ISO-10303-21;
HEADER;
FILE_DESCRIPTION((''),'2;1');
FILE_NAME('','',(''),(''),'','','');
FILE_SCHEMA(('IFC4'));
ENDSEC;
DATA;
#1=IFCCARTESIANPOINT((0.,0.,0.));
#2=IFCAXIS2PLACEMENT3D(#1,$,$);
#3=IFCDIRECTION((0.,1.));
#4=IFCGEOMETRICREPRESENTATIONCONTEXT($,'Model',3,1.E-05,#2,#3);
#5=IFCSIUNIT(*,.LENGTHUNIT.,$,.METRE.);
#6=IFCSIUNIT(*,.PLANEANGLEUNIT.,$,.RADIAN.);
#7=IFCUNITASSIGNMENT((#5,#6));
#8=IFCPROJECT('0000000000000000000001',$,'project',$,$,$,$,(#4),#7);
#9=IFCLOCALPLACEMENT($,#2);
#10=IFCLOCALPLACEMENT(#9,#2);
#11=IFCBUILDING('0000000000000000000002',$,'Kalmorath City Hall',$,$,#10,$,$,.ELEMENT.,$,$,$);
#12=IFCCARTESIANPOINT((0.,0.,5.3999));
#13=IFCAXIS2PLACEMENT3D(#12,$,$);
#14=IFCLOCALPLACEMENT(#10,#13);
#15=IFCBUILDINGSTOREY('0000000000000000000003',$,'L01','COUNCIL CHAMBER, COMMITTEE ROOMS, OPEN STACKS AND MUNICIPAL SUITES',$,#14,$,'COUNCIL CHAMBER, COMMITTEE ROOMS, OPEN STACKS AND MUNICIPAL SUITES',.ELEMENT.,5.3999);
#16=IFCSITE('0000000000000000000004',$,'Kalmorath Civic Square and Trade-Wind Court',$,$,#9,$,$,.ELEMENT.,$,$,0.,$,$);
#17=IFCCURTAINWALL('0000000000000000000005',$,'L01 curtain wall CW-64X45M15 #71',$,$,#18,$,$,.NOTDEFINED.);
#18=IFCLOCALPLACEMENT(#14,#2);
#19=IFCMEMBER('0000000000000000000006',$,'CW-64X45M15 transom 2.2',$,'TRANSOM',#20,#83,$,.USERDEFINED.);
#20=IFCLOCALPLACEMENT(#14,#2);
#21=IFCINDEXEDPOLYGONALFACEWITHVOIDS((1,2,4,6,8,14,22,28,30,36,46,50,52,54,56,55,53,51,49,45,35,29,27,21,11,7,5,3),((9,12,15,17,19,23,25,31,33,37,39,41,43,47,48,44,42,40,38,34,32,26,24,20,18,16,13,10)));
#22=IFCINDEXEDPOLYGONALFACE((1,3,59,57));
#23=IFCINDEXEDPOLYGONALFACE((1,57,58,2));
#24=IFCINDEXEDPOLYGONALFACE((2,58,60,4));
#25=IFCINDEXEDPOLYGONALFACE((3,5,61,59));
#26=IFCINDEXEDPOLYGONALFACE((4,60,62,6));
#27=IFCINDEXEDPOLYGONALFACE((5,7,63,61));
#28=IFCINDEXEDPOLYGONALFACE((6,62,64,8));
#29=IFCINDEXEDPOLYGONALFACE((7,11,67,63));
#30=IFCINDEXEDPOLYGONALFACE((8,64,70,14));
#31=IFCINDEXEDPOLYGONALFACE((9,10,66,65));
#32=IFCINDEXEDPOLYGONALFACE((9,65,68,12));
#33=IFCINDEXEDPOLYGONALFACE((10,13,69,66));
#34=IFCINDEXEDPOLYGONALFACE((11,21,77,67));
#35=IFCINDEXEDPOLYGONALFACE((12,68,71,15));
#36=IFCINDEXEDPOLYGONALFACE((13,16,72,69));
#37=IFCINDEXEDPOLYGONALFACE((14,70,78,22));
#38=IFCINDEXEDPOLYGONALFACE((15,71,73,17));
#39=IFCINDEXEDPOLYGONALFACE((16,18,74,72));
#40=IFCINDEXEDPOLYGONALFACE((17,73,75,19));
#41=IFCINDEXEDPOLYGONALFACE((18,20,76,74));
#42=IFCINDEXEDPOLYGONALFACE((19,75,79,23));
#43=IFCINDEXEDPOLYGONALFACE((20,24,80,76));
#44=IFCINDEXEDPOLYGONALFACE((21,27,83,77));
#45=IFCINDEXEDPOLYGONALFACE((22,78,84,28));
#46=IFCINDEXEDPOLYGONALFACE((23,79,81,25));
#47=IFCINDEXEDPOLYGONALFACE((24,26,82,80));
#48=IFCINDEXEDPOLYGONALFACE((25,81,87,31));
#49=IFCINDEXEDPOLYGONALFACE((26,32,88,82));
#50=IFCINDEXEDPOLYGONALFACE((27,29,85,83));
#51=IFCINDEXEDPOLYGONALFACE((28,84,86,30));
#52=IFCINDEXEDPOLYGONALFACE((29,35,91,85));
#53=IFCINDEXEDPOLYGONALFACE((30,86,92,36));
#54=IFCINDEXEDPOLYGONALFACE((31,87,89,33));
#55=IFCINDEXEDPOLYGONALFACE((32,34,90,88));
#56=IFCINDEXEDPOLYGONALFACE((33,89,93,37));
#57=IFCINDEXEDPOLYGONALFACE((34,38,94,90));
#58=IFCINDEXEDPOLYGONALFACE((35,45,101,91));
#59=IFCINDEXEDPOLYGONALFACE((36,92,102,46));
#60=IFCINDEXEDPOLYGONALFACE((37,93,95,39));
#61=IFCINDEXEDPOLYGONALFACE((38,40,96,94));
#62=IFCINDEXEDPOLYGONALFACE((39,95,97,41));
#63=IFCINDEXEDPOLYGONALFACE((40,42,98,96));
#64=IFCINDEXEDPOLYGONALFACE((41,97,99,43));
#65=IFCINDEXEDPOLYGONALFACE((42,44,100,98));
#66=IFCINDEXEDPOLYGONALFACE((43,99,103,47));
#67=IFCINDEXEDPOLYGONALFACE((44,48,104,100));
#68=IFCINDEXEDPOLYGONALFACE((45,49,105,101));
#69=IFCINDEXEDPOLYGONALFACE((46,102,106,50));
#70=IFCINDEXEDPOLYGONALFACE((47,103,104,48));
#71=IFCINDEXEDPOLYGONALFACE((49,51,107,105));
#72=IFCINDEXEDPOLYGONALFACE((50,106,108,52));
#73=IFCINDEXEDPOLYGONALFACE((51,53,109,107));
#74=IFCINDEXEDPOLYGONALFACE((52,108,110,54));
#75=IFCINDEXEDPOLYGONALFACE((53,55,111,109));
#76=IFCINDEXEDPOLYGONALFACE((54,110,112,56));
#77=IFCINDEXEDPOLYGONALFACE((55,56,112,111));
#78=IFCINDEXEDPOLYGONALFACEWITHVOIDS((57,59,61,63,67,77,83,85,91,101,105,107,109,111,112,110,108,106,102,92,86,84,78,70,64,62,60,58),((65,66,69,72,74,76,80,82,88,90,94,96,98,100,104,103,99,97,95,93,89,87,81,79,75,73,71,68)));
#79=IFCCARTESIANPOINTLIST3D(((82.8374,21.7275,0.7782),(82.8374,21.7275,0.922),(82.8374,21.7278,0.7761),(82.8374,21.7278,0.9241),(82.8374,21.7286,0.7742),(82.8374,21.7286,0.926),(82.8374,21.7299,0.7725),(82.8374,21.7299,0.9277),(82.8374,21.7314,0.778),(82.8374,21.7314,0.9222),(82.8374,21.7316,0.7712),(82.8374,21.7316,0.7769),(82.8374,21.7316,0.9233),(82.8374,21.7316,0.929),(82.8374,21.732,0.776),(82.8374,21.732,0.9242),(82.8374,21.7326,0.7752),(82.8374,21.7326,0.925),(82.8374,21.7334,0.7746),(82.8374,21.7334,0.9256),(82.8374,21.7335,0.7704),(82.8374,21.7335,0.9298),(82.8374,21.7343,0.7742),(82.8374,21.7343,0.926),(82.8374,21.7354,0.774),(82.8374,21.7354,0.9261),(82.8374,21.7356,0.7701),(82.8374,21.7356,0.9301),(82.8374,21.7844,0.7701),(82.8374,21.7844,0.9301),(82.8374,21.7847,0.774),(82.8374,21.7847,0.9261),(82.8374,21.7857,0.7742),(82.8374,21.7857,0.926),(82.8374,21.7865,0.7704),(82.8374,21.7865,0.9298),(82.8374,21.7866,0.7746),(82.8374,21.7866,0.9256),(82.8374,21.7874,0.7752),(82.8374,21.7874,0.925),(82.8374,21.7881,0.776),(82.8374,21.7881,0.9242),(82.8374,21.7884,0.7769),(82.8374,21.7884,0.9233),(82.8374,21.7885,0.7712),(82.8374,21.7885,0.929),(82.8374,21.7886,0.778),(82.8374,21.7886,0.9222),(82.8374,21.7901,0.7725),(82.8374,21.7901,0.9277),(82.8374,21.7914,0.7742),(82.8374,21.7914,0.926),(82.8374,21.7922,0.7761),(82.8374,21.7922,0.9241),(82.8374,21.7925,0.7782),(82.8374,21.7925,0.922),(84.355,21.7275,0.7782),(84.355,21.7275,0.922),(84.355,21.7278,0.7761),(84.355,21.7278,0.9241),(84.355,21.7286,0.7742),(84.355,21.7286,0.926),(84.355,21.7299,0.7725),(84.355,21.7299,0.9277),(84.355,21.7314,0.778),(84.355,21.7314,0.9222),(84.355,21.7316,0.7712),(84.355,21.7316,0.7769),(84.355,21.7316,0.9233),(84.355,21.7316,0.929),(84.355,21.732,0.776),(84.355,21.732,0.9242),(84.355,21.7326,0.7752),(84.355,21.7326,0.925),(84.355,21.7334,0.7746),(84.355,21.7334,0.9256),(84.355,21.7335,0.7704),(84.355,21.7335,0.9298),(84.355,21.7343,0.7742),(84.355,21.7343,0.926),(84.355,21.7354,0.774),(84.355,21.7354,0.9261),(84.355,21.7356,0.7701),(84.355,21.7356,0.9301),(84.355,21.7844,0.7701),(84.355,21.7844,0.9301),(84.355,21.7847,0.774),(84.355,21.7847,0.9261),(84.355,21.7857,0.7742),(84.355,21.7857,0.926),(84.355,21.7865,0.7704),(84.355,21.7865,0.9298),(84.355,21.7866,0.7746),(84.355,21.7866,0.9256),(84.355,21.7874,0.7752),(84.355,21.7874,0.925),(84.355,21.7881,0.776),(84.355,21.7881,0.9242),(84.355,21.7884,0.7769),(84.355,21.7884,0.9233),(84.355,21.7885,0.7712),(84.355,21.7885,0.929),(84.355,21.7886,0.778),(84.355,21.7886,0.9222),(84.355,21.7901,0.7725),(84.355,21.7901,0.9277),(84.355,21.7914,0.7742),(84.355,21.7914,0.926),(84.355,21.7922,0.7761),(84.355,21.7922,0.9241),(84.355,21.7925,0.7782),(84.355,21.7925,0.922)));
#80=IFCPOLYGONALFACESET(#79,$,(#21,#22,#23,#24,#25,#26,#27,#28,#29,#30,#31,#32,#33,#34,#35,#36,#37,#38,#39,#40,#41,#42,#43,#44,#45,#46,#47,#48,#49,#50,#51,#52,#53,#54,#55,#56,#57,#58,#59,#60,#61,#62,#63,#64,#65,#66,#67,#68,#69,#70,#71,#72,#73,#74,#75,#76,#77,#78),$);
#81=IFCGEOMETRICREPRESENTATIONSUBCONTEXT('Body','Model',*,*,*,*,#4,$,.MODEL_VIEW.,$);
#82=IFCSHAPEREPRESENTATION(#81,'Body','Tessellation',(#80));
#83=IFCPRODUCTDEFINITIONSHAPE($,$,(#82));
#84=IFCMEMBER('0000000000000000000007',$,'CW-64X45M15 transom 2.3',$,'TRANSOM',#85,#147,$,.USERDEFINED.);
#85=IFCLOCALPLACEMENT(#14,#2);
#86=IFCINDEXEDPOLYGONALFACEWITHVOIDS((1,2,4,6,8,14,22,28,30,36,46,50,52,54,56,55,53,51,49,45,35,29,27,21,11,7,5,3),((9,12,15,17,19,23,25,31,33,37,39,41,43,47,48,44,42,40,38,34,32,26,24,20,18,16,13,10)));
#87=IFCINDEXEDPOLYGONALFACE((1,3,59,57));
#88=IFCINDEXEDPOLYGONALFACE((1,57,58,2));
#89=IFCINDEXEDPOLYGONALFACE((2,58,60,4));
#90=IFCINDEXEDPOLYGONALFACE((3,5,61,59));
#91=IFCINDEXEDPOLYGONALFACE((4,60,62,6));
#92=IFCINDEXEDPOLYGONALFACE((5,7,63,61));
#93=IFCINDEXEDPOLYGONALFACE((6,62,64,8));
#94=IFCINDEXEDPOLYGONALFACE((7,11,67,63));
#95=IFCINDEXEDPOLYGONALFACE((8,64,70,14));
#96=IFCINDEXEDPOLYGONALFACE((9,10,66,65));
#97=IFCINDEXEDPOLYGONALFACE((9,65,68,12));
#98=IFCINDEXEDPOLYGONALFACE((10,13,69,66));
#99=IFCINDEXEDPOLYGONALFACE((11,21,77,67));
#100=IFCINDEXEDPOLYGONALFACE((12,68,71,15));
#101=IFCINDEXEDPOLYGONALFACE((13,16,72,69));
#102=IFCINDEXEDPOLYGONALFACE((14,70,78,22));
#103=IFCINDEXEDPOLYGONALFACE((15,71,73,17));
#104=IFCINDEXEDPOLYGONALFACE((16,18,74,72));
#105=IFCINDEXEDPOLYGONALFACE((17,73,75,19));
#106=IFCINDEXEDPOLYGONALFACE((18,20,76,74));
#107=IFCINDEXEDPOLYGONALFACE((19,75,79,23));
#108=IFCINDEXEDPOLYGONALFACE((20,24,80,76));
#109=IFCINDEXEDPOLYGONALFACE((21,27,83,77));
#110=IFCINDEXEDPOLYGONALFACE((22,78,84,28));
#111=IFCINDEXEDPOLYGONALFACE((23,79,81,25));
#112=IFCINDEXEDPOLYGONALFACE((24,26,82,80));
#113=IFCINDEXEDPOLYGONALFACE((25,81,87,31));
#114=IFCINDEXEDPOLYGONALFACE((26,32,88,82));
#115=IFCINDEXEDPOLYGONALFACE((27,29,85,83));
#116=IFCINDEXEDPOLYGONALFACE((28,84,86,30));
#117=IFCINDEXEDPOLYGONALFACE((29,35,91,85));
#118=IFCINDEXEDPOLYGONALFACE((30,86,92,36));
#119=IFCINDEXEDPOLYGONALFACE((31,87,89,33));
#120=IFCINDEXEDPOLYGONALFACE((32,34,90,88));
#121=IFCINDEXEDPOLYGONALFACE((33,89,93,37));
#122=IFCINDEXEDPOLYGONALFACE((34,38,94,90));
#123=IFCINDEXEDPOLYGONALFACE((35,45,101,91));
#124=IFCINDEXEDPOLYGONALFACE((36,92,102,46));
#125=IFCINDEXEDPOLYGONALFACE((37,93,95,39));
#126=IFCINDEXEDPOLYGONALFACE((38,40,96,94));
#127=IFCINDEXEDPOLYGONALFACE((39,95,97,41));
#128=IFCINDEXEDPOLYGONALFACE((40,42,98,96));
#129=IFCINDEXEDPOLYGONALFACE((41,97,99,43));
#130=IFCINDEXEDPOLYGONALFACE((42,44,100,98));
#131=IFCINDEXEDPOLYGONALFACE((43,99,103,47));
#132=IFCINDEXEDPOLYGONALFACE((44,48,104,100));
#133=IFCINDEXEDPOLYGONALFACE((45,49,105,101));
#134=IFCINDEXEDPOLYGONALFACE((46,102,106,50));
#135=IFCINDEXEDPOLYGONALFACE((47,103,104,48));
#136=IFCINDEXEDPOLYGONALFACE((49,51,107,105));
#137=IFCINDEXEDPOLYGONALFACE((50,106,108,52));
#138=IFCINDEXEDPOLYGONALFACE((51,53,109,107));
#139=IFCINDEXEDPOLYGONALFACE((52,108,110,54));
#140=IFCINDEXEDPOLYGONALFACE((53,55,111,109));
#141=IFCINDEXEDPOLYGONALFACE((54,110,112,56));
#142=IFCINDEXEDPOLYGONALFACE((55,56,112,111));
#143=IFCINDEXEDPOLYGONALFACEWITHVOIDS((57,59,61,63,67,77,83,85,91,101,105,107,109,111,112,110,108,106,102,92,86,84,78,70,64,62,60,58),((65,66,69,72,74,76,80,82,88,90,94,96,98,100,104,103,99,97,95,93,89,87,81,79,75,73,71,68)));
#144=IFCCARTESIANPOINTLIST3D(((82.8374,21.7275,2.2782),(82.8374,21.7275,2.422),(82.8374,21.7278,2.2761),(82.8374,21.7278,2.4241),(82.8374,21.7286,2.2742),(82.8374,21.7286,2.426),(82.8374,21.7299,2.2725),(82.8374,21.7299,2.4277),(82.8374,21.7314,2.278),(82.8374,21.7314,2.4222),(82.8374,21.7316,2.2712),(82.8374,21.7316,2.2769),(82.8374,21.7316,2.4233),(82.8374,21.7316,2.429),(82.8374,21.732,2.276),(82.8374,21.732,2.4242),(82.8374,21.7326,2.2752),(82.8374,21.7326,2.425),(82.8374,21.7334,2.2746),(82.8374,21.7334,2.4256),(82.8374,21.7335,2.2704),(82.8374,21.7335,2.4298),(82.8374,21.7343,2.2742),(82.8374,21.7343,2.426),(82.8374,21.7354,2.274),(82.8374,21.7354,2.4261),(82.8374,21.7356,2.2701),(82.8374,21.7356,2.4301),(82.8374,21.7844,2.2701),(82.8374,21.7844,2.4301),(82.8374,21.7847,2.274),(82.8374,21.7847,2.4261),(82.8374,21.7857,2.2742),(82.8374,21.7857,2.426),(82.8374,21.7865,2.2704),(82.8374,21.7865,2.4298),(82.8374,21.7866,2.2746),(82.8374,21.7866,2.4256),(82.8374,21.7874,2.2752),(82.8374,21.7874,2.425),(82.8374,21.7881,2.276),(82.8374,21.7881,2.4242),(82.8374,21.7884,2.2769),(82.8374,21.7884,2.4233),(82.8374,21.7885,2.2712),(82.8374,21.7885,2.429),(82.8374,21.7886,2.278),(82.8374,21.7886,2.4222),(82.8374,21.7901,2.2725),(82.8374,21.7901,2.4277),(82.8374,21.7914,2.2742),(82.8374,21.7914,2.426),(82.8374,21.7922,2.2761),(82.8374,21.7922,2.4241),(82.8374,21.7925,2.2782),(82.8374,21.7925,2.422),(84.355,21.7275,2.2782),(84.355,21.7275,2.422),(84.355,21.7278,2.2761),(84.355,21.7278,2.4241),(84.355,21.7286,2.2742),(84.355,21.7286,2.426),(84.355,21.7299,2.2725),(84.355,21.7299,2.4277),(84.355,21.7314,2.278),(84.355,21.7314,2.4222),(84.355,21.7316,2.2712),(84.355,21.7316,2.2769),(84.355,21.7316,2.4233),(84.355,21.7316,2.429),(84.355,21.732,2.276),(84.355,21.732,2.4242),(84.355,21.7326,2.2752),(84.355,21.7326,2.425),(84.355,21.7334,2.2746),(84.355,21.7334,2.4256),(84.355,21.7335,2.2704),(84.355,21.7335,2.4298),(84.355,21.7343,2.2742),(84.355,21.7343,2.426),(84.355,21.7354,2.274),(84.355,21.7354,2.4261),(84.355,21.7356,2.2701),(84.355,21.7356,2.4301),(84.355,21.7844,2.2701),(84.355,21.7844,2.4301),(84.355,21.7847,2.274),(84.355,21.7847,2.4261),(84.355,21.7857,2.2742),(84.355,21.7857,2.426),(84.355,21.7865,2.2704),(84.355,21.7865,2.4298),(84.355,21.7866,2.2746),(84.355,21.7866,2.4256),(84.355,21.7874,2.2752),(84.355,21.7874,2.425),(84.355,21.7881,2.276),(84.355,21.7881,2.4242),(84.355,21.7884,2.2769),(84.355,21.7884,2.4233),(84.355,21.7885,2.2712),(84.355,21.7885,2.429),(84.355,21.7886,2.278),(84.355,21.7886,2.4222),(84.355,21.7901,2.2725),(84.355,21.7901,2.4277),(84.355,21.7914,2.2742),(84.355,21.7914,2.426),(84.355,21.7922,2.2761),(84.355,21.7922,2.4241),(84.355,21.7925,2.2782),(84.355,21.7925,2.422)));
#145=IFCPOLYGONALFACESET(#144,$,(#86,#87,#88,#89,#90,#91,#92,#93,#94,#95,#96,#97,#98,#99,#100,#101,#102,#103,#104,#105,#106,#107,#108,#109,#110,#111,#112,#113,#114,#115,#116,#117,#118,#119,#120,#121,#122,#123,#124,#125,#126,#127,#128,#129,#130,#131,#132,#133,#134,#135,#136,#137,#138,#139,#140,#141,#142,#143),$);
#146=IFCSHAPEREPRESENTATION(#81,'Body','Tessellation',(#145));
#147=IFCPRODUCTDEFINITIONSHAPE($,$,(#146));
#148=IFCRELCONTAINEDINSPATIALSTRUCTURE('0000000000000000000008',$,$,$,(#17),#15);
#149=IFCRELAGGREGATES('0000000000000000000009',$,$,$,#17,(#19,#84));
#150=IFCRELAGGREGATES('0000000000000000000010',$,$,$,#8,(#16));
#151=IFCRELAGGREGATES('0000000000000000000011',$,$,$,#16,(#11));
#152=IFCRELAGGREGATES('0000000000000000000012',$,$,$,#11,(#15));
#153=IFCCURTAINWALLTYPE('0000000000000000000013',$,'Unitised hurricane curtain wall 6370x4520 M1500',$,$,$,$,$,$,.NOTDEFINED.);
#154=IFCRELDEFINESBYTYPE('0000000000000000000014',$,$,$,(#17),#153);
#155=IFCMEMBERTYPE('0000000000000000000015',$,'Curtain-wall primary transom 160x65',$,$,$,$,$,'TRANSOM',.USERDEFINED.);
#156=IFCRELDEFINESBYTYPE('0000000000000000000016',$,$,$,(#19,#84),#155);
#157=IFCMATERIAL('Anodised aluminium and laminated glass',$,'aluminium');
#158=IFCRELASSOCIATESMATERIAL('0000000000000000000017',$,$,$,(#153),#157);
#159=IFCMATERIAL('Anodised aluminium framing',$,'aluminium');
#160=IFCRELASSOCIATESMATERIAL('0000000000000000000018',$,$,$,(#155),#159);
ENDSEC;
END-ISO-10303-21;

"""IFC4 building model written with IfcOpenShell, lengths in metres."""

from ifc_helpers import new_model, si_unit, direction, frame, origin, origin_2d, place, context, subcontext, project, spatial, hollow_rectangle, extrude, material, material_profile, profile_set, type_object, element, aggregate, save


model = new_model("IFC4")

# Units and contexts
model_context = context("Model", 3, precision=1e-05, world=origin(), true_north=direction((0.0, 1.0)))
body_context = subcontext(model_context, "Body", "Model", "MODEL_VIEW")
ifc_project = project(units=[si_unit("LENGTHUNIT", "METRE"), si_unit("PLANEANGLEUNIT", "RADIAN")], contexts=[model_context])

# Site, building, storey
site_placement = place(None, origin())
site = spatial("IfcSite", under=ifc_project, at=site_placement, Name="Kalmorath Civic Square and Trade-Wind Court", CompositionType="ELEMENT", RefElevation=0.0)
building_placement = place(site_placement, origin())
building = spatial("IfcBuilding", under=site, at=building_placement, Name="Kalmorath City Hall", CompositionType="ELEMENT")
storey_placement = place(building_placement, frame((0.0, 0.0, 5.3999)))
storey = spatial("IfcBuildingStorey", under=building, at=storey_placement, Name="L01", Description="COUNCIL CHAMBER, COMMITTEE ROOMS, OPEN STACKS AND MUNICIPAL SUITES", LongName="COUNCIL CHAMBER, COMMITTEE ROOMS, OPEN STACKS AND MUNICIPAL SUITES", CompositionType="ELEMENT", Elevation=5.3999)

# Curtain wall
ifc_material_1 = material(Name="Anodised aluminium and laminated glass", Category="aluminium")
curtain_wall_type_1 = type_object("IfcCurtainWallType", Name="Unitised hurricane curtain wall 6370x4520 M1500", PredefinedType="NOTDEFINED", material=ifc_material_1)
curtain_wall_1_placement = place(storey_placement, origin())
curtain_wall_1 = element("IfcCurtainWall", 1, at=curtain_wall_1_placement, inside=storey, type_object=curtain_wall_type_1, Name="L01 curtain wall CW-64X45M15 #71", PredefinedType="NOTDEFINED")

# Members
ifc_material_2 = material(Name="Anodised aluminium framing", Category="aluminium")
ifc_material_profile_1 = material_profile(ifc_material_2, hollow_rectangle(XDim=0.0649, YDim=0.1599, WallThickness=0.0039, InnerFilletRadius=0.0039, OuterFilletRadius=0.0081, at=origin_2d()), Name="ALU-TRN-160X65X4")
ifc_profile_set_1 = profile_set([ifc_material_profile_1], Name="Anodised aluminium framing")
member_type_1 = type_object("IfcMemberType", Name="Curtain-wall primary transom 160x65", ElementType="TRANSOM", PredefinedType="USERDEFINED", material=ifc_profile_set_1)
member_1_placement = place(storey_placement, frame((84.355, 21.76, 0.8501), z_axis=(-1.0, 0.0, 0.0), x_axis=(0.0, -1.0, 0.0)))
member_1 = element("IfcMember", 2, at=member_1_placement, type_object=member_type_1, Name="CW-64X45M15 transom 2.2", ObjectType="TRANSOM", PredefinedType="USERDEFINED", context=body_context, shape_type="SweptSolid", body=[
    extrude(hollow_rectangle(XDim=0.0649, YDim=0.1599, WallThickness=0.0039, InnerFilletRadius=0.0039, OuterFilletRadius=0.0081, at=origin_2d()), origin(), (0.0, 0.0, 1.0), 1.5176),
])
member_2_placement = place(storey_placement, frame((84.355, 21.76, 2.3501), z_axis=(-1.0, 0.0, 0.0), x_axis=(0.0, -1.0, 0.0)))
member_2 = element("IfcMember", 3, at=member_2_placement, type_object=member_type_1, Name="CW-64X45M15 transom 2.3", ObjectType="TRANSOM", PredefinedType="USERDEFINED", context=body_context, shape_type="SweptSolid", body=[
    extrude(hollow_rectangle(XDim=0.0649, YDim=0.1599, WallThickness=0.0039, InnerFilletRadius=0.0039, OuterFilletRadius=0.0081, at=origin_2d()), origin(), (0.0, 0.0, 1.0), 1.5176),
])

aggregate(curtain_wall_1, [member_1, member_2])

save(model, "model.ifc")
